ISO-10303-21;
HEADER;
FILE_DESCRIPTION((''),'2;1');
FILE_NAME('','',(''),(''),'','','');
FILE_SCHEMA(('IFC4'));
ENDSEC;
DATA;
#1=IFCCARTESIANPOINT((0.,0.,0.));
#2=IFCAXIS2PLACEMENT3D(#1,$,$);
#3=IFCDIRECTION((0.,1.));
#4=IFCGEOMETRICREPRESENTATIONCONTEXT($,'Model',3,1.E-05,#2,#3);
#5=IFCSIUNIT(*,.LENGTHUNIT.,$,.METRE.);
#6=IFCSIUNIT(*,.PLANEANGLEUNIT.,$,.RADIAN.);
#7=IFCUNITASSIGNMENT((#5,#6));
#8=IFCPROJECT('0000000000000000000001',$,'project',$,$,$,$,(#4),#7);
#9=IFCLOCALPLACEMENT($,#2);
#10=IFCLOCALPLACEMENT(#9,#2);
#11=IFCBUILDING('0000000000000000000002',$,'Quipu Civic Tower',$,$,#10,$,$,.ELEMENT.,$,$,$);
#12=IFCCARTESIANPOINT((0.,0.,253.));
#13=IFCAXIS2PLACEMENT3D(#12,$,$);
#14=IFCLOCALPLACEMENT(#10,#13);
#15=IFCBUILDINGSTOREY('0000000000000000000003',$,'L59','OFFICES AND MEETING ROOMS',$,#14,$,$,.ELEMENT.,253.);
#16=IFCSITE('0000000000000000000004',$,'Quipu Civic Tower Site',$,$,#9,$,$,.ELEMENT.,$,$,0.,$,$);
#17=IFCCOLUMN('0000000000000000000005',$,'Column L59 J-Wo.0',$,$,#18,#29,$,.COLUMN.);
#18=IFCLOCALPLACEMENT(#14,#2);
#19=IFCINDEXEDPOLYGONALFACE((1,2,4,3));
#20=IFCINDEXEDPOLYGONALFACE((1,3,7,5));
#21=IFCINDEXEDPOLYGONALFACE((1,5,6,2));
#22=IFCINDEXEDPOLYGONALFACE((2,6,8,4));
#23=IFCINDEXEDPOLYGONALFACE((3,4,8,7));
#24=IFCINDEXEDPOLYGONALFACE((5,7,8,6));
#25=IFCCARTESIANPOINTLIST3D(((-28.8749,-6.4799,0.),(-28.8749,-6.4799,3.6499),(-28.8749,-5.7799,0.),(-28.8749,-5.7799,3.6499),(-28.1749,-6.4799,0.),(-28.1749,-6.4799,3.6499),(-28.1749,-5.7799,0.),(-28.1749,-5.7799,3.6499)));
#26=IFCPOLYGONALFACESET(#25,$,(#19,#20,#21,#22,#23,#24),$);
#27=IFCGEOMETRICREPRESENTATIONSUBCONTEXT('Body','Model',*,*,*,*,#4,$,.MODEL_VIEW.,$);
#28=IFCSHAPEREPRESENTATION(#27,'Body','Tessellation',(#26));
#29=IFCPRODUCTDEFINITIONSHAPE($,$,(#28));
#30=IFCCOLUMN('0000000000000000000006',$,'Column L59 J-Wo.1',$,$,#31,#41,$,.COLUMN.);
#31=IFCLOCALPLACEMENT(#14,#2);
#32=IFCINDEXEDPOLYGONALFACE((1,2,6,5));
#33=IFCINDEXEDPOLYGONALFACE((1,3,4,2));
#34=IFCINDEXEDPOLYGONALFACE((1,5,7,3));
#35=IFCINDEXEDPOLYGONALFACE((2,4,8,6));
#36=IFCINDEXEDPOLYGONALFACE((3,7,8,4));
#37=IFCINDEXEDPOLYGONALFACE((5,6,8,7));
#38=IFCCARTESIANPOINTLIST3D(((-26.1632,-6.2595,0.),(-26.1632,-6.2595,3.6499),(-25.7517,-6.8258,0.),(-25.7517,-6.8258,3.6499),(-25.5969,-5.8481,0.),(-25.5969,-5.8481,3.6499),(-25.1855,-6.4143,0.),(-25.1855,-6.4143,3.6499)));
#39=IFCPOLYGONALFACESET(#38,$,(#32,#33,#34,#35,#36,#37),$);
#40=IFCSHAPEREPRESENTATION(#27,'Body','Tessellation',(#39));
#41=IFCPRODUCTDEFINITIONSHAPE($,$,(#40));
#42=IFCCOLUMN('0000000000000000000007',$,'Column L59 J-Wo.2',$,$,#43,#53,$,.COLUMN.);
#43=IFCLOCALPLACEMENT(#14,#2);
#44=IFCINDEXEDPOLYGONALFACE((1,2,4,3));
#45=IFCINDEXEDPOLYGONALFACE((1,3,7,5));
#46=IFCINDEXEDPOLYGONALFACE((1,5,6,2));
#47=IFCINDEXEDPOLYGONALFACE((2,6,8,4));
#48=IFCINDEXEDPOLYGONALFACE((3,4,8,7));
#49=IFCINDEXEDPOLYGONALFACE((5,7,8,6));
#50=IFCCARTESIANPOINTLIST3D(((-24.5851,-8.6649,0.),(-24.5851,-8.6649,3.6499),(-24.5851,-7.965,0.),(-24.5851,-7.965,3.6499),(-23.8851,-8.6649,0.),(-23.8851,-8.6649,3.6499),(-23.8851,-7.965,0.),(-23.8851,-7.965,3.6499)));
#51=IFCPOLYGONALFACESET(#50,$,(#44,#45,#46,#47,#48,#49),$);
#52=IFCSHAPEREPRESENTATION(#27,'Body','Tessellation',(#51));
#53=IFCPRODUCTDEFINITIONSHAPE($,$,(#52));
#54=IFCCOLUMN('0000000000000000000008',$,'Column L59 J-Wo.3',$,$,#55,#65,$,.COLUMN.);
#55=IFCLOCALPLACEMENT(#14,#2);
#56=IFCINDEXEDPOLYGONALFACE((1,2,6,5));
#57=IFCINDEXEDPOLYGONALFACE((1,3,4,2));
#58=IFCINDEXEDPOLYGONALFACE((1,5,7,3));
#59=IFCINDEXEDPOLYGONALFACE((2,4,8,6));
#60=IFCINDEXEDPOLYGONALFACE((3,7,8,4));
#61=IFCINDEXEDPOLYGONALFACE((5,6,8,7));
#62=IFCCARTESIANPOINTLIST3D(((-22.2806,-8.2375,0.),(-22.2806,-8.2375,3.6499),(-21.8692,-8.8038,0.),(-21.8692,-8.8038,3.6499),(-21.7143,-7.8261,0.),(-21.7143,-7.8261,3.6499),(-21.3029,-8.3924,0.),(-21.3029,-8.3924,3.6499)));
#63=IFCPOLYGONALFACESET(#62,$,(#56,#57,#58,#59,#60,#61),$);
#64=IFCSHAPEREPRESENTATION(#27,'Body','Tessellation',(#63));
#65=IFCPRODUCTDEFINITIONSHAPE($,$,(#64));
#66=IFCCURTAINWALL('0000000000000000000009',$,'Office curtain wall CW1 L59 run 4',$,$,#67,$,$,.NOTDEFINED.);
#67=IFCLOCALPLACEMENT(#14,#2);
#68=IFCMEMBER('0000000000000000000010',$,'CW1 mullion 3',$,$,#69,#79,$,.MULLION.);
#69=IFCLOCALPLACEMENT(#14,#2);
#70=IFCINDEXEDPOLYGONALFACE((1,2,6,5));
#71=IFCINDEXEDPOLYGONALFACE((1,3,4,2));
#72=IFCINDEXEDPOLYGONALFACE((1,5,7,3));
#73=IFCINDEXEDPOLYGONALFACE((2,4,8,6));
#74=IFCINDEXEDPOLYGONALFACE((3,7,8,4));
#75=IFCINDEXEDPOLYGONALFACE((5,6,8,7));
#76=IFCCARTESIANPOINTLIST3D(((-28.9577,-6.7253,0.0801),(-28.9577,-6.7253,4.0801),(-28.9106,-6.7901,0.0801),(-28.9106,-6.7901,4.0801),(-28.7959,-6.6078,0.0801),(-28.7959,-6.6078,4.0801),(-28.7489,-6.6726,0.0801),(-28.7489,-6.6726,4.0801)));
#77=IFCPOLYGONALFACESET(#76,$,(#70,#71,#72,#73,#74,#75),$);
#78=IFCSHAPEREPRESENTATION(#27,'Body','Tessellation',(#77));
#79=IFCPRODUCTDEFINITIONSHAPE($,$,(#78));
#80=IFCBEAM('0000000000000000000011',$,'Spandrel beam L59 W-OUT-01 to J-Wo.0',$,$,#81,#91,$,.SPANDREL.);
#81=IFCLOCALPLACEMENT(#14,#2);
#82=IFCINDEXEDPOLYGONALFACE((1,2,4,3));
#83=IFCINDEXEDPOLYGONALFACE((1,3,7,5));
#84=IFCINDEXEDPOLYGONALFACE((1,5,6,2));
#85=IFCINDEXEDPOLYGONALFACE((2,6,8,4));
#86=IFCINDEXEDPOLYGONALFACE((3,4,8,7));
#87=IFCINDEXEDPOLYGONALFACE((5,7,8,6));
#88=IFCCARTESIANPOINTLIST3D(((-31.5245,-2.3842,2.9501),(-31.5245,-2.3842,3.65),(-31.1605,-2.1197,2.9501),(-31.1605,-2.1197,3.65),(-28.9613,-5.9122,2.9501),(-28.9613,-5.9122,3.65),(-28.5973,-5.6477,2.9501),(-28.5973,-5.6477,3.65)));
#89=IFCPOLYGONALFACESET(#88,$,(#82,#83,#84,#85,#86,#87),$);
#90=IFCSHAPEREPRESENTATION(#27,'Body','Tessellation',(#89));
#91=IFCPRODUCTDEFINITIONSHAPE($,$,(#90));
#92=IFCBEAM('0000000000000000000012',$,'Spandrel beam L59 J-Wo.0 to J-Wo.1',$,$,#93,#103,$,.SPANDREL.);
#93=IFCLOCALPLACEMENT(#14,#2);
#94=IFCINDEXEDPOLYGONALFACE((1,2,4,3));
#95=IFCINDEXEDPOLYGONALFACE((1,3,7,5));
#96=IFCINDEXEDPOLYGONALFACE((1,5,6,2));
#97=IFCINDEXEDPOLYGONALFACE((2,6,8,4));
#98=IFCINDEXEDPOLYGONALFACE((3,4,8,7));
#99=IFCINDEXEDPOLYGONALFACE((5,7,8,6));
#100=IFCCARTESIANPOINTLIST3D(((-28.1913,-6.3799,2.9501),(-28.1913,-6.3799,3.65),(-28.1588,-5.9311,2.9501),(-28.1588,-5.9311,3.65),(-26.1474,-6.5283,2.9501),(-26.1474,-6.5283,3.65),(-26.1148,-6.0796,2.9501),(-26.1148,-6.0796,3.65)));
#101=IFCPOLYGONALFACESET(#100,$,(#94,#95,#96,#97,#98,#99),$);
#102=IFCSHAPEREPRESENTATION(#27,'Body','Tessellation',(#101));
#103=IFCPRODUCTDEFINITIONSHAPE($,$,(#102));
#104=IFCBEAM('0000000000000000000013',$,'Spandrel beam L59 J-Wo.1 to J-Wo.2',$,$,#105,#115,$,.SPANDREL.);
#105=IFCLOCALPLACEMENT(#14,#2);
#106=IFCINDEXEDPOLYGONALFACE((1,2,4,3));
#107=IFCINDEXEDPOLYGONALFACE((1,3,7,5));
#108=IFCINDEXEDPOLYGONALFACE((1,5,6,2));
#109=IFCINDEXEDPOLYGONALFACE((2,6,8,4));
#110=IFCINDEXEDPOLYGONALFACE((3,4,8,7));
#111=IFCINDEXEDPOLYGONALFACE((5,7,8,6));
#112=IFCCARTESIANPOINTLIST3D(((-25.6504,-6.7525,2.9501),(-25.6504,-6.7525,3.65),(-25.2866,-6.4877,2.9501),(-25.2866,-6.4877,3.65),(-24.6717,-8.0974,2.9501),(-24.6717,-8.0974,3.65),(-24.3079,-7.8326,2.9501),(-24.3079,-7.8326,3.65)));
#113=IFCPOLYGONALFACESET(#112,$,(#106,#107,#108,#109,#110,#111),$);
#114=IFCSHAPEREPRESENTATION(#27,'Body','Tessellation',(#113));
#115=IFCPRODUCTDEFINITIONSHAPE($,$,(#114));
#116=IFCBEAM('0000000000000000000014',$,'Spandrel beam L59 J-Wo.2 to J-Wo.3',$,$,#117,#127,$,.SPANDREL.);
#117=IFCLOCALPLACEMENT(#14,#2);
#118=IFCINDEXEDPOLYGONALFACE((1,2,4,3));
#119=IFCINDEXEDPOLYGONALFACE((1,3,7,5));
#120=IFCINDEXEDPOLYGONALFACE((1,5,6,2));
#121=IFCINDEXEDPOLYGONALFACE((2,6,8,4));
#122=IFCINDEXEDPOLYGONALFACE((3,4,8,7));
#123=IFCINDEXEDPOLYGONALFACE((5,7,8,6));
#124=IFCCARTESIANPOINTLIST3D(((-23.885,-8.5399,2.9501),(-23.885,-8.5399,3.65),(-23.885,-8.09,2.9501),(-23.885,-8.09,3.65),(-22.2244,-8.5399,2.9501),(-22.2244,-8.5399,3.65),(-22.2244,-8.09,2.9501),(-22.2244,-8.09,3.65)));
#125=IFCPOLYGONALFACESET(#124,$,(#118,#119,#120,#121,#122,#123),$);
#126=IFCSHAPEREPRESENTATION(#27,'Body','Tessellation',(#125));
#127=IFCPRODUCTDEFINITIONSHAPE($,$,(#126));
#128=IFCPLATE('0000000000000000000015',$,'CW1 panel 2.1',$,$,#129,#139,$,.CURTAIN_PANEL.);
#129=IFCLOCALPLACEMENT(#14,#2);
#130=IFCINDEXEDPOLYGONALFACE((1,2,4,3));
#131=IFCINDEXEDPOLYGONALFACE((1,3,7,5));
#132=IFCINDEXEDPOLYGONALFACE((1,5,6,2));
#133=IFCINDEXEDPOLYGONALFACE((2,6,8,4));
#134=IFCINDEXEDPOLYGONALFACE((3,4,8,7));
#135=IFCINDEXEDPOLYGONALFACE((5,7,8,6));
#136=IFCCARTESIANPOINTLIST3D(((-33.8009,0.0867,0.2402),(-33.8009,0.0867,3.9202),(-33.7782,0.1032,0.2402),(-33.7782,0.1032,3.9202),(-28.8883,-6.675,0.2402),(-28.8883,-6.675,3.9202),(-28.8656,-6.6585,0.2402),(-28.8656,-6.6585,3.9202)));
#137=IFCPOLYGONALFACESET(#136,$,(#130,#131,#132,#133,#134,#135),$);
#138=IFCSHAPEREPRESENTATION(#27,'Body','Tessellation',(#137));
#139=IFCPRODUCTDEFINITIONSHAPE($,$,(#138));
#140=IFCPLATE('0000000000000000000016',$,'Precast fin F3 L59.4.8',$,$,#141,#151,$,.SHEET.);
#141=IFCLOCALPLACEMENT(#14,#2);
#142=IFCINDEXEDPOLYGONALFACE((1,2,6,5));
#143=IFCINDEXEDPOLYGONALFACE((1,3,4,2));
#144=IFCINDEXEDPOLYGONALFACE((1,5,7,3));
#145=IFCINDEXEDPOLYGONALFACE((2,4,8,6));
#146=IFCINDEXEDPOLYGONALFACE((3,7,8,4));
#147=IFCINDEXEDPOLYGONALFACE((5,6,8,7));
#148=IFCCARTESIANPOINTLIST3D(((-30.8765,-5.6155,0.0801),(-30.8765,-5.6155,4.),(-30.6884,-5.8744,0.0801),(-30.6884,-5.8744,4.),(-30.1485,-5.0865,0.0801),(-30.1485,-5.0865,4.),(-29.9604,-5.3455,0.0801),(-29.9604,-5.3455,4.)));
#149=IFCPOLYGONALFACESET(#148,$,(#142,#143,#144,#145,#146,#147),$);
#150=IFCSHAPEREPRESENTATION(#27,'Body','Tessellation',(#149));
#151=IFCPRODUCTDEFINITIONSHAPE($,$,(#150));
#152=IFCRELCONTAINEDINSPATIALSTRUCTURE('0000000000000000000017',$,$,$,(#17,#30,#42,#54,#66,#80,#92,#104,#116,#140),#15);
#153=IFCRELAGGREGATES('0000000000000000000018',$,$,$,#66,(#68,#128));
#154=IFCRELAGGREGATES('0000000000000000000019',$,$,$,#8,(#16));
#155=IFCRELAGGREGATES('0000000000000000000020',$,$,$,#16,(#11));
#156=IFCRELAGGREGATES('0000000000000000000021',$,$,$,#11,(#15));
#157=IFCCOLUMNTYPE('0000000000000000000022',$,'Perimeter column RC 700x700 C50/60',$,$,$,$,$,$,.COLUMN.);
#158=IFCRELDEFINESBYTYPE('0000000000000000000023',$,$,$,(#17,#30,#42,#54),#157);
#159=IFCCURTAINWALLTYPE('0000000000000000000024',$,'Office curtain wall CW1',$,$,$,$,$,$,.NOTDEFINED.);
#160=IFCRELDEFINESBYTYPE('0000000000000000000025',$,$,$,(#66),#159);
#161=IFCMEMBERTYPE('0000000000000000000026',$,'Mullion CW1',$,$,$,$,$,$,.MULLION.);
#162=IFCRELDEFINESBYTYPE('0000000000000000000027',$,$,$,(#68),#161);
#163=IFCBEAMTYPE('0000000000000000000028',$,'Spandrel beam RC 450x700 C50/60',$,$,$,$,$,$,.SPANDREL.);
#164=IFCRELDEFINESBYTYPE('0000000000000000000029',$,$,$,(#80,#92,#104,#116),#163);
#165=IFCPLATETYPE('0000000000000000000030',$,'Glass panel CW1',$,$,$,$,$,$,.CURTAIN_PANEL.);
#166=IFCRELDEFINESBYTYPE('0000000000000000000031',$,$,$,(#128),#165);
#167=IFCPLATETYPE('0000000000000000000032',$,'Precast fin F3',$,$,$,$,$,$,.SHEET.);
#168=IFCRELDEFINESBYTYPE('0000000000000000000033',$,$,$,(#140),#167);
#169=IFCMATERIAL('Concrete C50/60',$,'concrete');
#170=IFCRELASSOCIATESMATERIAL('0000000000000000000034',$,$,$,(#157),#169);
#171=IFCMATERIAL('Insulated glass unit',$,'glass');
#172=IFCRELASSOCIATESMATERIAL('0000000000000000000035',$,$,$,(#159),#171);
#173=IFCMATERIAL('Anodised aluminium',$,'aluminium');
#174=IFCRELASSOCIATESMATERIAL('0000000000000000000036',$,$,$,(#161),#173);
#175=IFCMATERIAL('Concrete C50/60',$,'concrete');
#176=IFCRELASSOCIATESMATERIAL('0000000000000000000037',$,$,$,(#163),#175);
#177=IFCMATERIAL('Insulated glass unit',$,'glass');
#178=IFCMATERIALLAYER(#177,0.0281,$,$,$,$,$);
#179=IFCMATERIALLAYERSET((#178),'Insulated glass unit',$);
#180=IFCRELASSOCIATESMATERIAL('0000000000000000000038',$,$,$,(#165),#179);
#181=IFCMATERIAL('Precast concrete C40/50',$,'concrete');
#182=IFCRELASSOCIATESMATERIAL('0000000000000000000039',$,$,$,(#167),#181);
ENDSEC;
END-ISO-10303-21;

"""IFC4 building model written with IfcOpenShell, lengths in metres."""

from ifc_helpers import new_model, si_unit, direction, frame, origin, origin_2d, place, context, subcontext, project, spatial, rectangle, extrude, material, layer, layer_set, material_profile, profile_set, type_object, element, aggregate, save


model = new_model("IFC4")

# Units and contexts
model_context = context("Model", 3, precision=1e-05, world=origin(), true_north=direction((0.0, 1.0)))
body_context = subcontext(model_context, "Body", "Model", "MODEL_VIEW")
ifc_project = project(units=[si_unit("LENGTHUNIT", "METRE"), si_unit("PLANEANGLEUNIT", "RADIAN")], contexts=[model_context])

# Site, building, storey
site_placement = place(None, origin())
site = spatial("IfcSite", under=ifc_project, at=site_placement, Name="Quipu Civic Tower Site", CompositionType="ELEMENT", RefElevation=0.0)
building_placement = place(site_placement, origin())
building = spatial("IfcBuilding", under=site, at=building_placement, Name="Quipu Civic Tower", CompositionType="ELEMENT")
storey_placement = place(building_placement, frame((0.0, 0.0, 253.0)))
storey = spatial("IfcBuildingStorey", under=building, at=storey_placement, Name="L59", Description="OFFICES AND MEETING ROOMS", CompositionType="ELEMENT", Elevation=253.0)

# Columns
ifc_material_1 = material(Name="Concrete C50/60", Category="concrete")
ifc_material_profile_1 = material_profile(ifc_material_1, rectangle(XDim=0.7, YDim=0.7, at=origin_2d()), Name="RC700x700")
ifc_profile_set_1 = profile_set([ifc_material_profile_1], Name="Concrete C50/60")
column_type = type_object("IfcColumnType", Name="Perimeter column RC 700x700 C50/60", PredefinedType="COLUMN", material=ifc_profile_set_1)
for number, where, z_axis, x_axis, name in (
    (1, (-28.5249, -6.1299, 0.0), (0.0, 0.0, 1.0), (1.0, 0.0, 0.0), "Column L59 J-Wo.0"),
    (2, (-25.6743, -6.3369, 0.0), (0.0, 0.0, 1.0), (0.587785, -0.809017, 0.0), "Column L59 J-Wo.1"),
    (3, (-24.2351, -8.3149, 0.0), (0.0, 0.0, 1.0), (1.0, 0.0, 0.0), "Column L59 J-Wo.2"),
    (4, (-21.7917, -8.3149, 0.0), (0.0, 0.0, 1.0), (0.587785, -0.809017, 0.0), "Column L59 J-Wo.3"),
):
    element("IfcColumn", number, at=place(storey_placement, frame(where, z_axis=z_axis, x_axis=x_axis)), inside=storey, type_object=column_type, Name=name, PredefinedType="COLUMN", context=body_context, shape_type="SweptSolid", body=[
        extrude(rectangle(XDim=0.7, YDim=0.7, at=origin_2d()), origin(), (0.0, 0.0, 1.0), 3.6499),
    ])

# Curtain wall, member
ifc_material_2 = material(Name="Insulated glass unit", Category="glass")
curtain_wall_type = type_object("IfcCurtainWallType", Name="Office curtain wall CW1", PredefinedType="NOTDEFINED", material=ifc_material_2)
curtain_wall_placement = place(storey_placement, origin())
curtain_wall = element("IfcCurtainWall", 5, at=curtain_wall_placement, inside=storey, type_object=curtain_wall_type, Name="Office curtain wall CW1 L59 run 4", PredefinedType="NOTDEFINED")
ifc_material_3 = material(Name="Anodised aluminium", Category="aluminium")
ifc_material_profile_2 = material_profile(ifc_material_3, rectangle(XDim=0.2, YDim=0.0801, at=origin_2d()), Name="RECT 200x80")
ifc_profile_set_2 = profile_set([ifc_material_profile_2], Name="Anodised aluminium")
member_type = type_object("IfcMemberType", Name="Mullion CW1", PredefinedType="MULLION", material=ifc_profile_set_2)
member_placement = place(storey_placement, frame((-28.8533, -6.699, 0.0801), z_axis=(0.0, 0.0, 1.0), x_axis=(0.809016, 0.587786, 0.0)))
member = element("IfcMember", 6, at=member_placement, type_object=member_type, Name="CW1 mullion 3", PredefinedType="MULLION", context=body_context, shape_type="SweptSolid", body=[
    extrude(rectangle(XDim=0.2, YDim=0.0801, at=origin_2d()), origin(), (0.0, 0.0, 1.0), 4.0),
])

# Beams
ifc_material_4 = material(Name="Concrete C50/60", Category="concrete")
ifc_material_profile_3 = material_profile(ifc_material_4, rectangle(XDim=0.45, YDim=0.7, at=origin_2d()), Name="RC450x700")
ifc_profile_set_3 = profile_set([ifc_material_profile_3], Name="Concrete C50/60")
beam_type = type_object("IfcBeamType", Name="Spandrel beam RC 450x700 C50/60", PredefinedType="SPANDREL", material=ifc_profile_set_3)
beam_1_placement = place(storey_placement, frame((-31.3425, -2.252, 3.3), z_axis=(0.587776, -0.809024, 0.0), x_axis=(0.809024, 0.587776, 0.0)))
element("IfcBeam", 7, at=beam_1_placement, inside=storey, type_object=beam_type, Name="Spandrel beam L59 W-OUT-01 to J-Wo.0", PredefinedType="SPANDREL", context=body_context, shape_type="SweptSolid", body=[
    extrude(rectangle(XDim=0.45, YDim=0.7, at=origin_2d()), origin(), (0.0, 0.0, 1.0), 4.3608),
])
beam_2_placement = place(storey_placement, frame((-28.175, -6.1555, 3.3), z_axis=(0.997373, -0.072432, 0.0), x_axis=(0.072432, 0.997373, 0.0)))
element("IfcBeam", 8, at=beam_2_placement, inside=storey, type_object=beam_type, Name="Spandrel beam L59 J-Wo.0 to J-Wo.1", PredefinedType="SPANDREL", context=body_context, shape_type="SweptSolid", body=[
    extrude(rectangle(XDim=0.45, YDim=0.7, at=origin_2d()), origin(), (0.0, 0.0, 1.0), 2.0493),
])
beam_3_placement = place(storey_placement, frame((-25.4685, -6.6201, 3.3), z_axis=(0.588407, -0.808565, 0.0), x_axis=(0.808565, 0.588407, 0.0)))
element("IfcBeam", 9, at=beam_3_placement, inside=storey, type_object=beam_type, Name="Spandrel beam L59 J-Wo.1 to J-Wo.2", PredefinedType="SPANDREL", context=body_context, shape_type="SweptSolid", body=[
    extrude(rectangle(XDim=0.45, YDim=0.7, at=origin_2d()), origin(), (0.0, 0.0, 1.0), 1.6633),
])
beam_4_placement = place(storey_placement, frame((-23.885, -8.3149, 3.3), z_axis=(1.0, 0.0, 0.0), x_axis=(0.0, 1.0, 0.0)))
element("IfcBeam", 10, at=beam_4_placement, inside=storey, type_object=beam_type, Name="Spandrel beam L59 J-Wo.2 to J-Wo.3", PredefinedType="SPANDREL", context=body_context, shape_type="SweptSolid", body=[
    extrude(rectangle(XDim=0.45, YDim=0.7, at=origin_2d()), origin(), (0.0, 0.0, 1.0), 1.6606),
])

# Plates
ifc_material_5 = material(Name="Insulated glass unit", Category="glass")
ifc_layer_1 = layer(ifc_material_5, 0.0281)
ifc_layer_set_1 = layer_set([ifc_layer_1], Name="Insulated glass unit")
plate_type_1 = type_object("IfcPlateType", Name="Glass panel CW1", PredefinedType="CURTAIN_PANEL", material=ifc_layer_set_1)
plate_1_placement = place(storey_placement, frame((-31.3333, -3.2859, 0.2402), z_axis=(0.0, 0.0, 1.0), x_axis=(0.587786, -0.809016, 0.0)))
plate_1 = element("IfcPlate", 11, at=plate_1_placement, type_object=plate_type_1, Name="CW1 panel 2.1", PredefinedType="CURTAIN_PANEL", context=body_context, shape_type="SweptSolid", body=[
    extrude(rectangle(XDim=8.3579, YDim=0.0281, at=origin_2d()), origin(), (0.0, 0.0, 1.0), 3.6799),
])
aggregate(curtain_wall, [member, plate_1])
ifc_material_6 = material(Name="Precast concrete C40/50", Category="concrete")
plate_type_2 = type_object("IfcPlateType", Name="Precast fin F3", PredefinedType="SHEET", material=ifc_material_6)
plate_2_placement = place(storey_placement, frame((-30.4185, -5.4805, 0.0801), z_axis=(0.0, 0.0, 1.0), x_axis=(0.587787, -0.809016, 0.0)))
element("IfcPlate", 12, at=plate_2_placement, inside=storey, type_object=plate_type_2, Name="Precast fin F3 L59.4.8", PredefinedType="SHEET", context=body_context, shape_type="SweptSolid", body=[
    extrude(rectangle(XDim=0.3201, YDim=0.8999, at=origin_2d()), origin(), (0.0, 0.0, 1.0), 3.9199),
])

save(model, "model.ifc")
